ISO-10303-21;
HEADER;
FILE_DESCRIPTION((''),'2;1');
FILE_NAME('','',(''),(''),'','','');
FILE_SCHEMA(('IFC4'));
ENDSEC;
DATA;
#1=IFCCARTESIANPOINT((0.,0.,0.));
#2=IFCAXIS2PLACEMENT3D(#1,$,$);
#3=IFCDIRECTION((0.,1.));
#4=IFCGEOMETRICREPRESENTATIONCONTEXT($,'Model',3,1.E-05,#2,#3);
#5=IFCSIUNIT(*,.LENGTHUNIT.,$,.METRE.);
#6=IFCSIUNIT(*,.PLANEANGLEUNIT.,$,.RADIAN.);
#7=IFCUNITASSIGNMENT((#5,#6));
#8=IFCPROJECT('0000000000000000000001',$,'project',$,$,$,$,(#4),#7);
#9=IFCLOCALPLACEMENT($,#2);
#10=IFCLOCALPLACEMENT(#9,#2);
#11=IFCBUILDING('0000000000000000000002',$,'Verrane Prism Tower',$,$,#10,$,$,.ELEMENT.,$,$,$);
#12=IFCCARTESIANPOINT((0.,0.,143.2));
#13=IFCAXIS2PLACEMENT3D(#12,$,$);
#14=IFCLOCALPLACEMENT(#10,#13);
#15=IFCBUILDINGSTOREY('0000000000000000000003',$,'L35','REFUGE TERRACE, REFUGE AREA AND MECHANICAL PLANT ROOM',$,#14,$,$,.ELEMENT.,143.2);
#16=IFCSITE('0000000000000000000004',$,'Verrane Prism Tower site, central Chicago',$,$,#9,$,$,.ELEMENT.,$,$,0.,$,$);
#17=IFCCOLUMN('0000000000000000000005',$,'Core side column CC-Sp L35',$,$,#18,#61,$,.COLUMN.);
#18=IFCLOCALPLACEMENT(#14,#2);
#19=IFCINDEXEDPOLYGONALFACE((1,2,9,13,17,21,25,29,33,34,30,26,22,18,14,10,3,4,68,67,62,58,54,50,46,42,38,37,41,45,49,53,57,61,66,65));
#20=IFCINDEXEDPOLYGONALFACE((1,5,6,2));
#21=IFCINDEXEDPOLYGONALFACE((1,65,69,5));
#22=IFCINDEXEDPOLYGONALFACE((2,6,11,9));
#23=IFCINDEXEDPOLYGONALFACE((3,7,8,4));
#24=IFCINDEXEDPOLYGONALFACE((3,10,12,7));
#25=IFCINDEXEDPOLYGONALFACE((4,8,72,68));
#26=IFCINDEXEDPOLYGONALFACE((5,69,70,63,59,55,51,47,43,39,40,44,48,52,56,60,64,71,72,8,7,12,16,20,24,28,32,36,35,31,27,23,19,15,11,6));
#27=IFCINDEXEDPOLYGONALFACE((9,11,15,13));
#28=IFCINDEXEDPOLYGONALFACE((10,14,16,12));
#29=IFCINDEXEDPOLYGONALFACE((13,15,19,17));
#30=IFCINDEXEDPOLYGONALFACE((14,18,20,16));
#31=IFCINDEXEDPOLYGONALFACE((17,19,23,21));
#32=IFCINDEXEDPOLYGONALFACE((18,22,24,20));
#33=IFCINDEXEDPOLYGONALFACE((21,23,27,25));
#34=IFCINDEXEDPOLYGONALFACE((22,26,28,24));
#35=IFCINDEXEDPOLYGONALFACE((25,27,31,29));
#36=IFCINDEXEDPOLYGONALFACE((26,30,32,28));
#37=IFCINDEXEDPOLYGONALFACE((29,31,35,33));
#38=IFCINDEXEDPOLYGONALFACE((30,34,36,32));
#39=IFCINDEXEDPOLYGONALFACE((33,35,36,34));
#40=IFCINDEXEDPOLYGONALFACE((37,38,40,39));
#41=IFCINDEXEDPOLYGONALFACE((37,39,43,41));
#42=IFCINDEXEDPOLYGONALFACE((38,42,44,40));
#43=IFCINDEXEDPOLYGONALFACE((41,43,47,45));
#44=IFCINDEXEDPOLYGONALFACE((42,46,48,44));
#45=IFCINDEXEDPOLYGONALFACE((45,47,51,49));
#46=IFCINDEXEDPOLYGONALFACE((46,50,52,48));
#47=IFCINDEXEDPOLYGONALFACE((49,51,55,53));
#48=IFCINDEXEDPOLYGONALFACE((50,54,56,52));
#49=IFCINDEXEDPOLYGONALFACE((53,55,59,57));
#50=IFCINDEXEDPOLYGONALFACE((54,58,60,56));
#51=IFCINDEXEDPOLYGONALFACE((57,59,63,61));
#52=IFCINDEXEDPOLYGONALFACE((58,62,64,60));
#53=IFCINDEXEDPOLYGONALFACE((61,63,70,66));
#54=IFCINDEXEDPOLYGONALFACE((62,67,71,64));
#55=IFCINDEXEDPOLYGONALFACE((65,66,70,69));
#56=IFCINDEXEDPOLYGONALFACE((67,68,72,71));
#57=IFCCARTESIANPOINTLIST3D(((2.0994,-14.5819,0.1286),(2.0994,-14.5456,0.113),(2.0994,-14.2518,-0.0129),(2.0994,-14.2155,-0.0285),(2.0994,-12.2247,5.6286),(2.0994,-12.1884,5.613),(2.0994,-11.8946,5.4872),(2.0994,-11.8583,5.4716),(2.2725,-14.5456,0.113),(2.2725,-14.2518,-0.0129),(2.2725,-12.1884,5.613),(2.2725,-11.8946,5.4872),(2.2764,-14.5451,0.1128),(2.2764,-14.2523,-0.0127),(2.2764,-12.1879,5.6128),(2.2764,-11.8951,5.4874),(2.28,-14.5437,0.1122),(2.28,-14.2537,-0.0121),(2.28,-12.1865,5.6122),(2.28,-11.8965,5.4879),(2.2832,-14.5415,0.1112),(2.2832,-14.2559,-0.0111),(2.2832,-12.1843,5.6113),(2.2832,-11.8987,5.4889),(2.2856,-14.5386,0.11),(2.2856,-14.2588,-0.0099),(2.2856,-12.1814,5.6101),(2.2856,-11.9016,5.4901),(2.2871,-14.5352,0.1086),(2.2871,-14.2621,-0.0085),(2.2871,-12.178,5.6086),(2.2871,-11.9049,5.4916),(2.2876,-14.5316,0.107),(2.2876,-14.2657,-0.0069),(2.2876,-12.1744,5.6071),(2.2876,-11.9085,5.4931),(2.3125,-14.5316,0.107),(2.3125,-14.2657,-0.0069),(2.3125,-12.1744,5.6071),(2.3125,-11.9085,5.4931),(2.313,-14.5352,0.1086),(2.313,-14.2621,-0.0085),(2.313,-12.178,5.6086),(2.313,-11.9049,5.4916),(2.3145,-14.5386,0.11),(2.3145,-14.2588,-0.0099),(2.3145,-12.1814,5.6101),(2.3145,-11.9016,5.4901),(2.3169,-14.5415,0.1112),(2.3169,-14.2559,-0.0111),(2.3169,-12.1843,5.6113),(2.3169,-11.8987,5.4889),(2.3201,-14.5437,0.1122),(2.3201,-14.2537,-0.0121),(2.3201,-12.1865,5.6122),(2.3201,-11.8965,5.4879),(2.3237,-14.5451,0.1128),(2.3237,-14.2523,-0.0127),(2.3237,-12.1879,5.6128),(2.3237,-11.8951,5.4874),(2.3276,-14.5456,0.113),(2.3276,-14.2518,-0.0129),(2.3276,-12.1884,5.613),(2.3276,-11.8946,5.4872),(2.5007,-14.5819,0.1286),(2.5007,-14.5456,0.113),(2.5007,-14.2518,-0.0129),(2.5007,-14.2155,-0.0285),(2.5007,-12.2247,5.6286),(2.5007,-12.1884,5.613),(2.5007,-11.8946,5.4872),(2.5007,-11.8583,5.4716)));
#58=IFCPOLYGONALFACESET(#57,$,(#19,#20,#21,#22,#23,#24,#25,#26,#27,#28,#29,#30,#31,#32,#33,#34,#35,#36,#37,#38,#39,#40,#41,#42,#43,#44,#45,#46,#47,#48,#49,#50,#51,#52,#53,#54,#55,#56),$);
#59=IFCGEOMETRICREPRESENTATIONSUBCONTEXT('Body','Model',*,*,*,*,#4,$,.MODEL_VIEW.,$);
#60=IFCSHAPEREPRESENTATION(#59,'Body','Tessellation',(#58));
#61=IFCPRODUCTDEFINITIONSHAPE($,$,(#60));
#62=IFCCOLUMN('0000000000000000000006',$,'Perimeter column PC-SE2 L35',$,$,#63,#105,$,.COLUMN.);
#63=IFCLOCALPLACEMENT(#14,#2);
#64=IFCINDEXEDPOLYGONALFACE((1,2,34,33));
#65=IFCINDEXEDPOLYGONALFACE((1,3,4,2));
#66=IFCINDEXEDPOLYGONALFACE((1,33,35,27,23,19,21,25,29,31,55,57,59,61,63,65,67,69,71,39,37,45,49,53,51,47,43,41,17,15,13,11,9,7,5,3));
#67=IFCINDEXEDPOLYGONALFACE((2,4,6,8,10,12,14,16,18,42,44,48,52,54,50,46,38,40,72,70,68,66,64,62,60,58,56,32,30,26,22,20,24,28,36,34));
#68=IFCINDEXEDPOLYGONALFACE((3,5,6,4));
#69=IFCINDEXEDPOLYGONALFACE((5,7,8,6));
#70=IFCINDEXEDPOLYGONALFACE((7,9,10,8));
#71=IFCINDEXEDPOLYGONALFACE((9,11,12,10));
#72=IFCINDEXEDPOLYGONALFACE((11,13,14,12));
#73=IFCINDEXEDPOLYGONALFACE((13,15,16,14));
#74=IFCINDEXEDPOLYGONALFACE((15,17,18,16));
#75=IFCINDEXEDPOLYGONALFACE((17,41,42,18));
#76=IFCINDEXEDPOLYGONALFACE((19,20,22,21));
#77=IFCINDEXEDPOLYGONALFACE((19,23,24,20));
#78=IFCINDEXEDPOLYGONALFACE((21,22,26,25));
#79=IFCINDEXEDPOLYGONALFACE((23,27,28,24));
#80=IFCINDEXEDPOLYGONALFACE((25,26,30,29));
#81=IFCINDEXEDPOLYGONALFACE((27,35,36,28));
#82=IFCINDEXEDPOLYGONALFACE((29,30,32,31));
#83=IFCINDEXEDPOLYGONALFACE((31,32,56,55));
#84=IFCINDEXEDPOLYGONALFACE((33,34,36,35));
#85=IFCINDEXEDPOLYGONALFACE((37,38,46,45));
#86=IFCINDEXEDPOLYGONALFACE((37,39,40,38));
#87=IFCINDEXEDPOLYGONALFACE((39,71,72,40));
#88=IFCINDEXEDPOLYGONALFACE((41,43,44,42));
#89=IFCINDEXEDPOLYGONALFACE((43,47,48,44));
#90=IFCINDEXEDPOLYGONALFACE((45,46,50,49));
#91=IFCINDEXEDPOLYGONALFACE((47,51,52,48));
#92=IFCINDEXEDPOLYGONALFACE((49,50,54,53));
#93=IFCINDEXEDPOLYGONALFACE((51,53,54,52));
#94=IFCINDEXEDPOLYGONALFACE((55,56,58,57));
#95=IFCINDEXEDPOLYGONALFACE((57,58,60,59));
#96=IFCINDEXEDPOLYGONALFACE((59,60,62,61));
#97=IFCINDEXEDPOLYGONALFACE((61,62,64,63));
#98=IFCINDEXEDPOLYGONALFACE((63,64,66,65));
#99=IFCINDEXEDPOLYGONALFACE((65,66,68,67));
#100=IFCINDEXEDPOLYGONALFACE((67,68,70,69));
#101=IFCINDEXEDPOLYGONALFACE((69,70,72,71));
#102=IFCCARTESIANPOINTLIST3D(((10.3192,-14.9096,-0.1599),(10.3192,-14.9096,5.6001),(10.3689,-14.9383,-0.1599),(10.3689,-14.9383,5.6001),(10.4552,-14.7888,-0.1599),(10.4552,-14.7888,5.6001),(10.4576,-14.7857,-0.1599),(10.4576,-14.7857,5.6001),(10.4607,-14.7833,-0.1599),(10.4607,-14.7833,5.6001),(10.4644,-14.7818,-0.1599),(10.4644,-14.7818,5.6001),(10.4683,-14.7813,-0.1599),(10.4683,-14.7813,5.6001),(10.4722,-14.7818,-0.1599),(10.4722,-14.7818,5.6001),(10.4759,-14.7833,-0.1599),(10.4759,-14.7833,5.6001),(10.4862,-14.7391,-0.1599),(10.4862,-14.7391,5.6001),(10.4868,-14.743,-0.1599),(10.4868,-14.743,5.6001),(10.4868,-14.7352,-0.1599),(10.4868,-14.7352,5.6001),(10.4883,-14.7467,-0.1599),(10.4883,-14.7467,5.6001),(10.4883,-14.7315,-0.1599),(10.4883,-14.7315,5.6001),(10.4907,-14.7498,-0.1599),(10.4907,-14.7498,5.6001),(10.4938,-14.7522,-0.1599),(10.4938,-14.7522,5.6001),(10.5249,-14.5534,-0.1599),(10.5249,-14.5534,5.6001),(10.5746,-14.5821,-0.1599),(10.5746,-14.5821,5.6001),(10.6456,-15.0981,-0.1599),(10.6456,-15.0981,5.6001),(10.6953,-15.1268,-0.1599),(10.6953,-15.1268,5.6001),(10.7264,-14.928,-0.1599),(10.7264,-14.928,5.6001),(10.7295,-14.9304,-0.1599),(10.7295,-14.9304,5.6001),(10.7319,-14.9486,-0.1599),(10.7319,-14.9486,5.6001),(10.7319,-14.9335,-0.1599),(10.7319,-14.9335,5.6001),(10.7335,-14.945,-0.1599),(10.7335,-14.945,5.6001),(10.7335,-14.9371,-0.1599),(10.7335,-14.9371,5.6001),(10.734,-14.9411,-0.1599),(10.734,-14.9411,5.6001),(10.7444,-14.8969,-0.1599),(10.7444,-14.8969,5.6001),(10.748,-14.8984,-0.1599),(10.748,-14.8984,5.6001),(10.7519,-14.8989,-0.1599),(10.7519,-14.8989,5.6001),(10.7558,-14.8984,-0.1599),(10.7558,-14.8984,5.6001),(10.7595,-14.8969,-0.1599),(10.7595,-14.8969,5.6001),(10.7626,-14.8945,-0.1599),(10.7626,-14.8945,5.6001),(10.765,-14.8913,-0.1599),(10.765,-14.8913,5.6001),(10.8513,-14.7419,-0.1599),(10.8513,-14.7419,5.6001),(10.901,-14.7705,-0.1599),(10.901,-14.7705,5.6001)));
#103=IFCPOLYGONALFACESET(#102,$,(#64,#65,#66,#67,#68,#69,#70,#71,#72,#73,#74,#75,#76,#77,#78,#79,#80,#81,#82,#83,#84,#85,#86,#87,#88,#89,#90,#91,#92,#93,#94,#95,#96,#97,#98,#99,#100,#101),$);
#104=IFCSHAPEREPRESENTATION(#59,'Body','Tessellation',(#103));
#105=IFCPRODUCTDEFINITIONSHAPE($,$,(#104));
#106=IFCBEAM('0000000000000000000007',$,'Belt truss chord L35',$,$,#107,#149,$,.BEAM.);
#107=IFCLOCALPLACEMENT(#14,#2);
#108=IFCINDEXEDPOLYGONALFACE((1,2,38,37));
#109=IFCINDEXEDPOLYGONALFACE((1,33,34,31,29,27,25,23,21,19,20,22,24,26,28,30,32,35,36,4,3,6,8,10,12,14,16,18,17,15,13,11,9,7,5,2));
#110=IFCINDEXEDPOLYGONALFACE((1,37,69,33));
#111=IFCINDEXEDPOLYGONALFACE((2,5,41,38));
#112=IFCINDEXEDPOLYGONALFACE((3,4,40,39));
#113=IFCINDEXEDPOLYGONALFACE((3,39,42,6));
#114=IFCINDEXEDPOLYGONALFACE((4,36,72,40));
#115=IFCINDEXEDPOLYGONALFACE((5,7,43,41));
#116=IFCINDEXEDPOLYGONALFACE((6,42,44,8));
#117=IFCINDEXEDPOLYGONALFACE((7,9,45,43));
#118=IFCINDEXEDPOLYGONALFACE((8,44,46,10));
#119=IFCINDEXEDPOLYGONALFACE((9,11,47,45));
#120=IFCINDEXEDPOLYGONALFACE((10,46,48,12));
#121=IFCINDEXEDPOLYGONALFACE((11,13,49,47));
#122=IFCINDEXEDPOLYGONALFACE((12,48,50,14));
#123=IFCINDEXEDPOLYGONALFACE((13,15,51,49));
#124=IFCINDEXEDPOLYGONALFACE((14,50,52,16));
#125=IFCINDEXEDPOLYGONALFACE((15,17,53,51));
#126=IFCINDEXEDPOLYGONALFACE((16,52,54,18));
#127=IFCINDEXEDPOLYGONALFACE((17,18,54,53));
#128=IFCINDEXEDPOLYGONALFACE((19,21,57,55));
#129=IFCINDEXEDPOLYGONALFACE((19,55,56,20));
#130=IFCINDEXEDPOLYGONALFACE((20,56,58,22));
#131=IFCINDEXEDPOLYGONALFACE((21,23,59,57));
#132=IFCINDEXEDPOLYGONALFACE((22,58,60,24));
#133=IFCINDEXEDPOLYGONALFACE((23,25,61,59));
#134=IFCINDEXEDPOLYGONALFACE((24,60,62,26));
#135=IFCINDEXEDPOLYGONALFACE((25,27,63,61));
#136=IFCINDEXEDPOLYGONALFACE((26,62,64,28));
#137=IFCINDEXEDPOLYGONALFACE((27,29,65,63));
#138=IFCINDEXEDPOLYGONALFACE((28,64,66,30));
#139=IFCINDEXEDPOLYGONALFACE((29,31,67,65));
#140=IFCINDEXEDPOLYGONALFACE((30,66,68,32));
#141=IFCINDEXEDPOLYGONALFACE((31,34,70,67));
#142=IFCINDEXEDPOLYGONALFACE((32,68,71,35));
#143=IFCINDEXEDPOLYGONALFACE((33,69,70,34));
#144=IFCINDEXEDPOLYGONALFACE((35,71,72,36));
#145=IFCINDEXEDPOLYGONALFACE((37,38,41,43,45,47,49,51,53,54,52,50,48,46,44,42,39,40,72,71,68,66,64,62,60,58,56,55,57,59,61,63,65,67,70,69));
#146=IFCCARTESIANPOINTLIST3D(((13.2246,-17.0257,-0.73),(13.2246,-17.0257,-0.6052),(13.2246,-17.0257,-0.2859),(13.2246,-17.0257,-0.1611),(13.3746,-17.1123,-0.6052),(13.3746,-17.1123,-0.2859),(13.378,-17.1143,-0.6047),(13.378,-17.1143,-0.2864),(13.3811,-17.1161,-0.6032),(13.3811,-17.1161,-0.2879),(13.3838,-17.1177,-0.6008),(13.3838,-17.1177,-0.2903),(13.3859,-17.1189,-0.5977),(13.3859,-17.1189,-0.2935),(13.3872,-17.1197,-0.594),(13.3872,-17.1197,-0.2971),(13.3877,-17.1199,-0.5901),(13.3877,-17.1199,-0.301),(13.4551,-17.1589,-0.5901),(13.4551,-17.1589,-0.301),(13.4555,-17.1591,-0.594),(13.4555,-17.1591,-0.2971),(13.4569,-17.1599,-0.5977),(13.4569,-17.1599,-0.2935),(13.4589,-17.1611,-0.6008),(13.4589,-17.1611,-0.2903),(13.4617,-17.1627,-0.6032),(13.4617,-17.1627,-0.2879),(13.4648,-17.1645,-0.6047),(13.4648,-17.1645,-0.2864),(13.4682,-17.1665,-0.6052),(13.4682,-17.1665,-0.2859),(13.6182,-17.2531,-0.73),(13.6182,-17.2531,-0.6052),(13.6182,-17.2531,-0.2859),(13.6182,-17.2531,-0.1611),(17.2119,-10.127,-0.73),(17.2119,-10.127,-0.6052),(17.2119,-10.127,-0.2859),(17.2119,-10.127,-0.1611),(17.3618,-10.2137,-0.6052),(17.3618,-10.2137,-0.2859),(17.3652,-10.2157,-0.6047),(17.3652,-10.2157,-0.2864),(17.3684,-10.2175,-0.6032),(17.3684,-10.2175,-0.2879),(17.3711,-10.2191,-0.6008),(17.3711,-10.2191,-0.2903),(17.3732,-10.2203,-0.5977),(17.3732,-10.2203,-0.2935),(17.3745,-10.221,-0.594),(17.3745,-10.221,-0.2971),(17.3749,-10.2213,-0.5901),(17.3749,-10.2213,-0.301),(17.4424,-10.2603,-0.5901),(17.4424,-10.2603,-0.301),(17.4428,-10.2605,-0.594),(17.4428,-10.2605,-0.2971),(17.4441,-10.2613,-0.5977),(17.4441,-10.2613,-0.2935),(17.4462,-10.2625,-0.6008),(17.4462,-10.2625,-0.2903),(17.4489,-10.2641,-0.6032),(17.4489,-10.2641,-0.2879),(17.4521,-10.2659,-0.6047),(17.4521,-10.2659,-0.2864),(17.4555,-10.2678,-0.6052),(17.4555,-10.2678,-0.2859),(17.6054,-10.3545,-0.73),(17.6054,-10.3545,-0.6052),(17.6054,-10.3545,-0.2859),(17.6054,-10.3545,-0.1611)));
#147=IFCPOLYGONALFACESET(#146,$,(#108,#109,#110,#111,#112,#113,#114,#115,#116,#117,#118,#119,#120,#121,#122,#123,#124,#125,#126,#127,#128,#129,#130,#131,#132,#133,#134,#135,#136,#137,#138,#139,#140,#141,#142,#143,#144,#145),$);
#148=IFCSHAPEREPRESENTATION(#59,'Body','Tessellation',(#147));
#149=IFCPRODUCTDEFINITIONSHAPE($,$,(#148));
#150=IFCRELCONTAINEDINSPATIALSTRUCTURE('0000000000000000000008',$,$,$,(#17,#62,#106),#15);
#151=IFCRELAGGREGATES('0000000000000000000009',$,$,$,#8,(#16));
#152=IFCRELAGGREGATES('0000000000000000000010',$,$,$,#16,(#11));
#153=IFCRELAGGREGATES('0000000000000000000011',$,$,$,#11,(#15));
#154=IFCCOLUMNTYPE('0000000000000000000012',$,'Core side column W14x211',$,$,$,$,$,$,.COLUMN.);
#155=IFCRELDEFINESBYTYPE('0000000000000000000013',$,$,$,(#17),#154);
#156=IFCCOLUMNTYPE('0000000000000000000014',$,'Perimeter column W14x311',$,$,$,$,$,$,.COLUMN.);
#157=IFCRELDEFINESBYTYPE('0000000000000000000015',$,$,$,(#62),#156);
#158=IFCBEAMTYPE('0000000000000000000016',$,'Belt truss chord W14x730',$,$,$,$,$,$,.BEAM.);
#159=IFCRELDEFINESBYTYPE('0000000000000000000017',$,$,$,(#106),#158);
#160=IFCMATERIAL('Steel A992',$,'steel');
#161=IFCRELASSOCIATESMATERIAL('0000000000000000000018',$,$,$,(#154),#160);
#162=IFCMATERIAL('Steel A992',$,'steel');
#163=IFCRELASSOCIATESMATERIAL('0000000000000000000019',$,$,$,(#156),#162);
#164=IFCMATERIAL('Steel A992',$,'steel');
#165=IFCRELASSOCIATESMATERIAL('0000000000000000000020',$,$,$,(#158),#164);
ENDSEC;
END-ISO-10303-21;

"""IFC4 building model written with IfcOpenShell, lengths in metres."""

from ifc_helpers import new_model, si_unit, direction, frame, origin, origin_2d, place, context, subcontext, project, spatial, i_section, extrude, material, material_profile, profile_set, type_object, element, save


model = new_model("IFC4")

# Units and contexts
model_context = context("Model", 3, precision=1e-05, world=origin(), true_north=direction((0.0, 1.0)))
body_context = subcontext(model_context, "Body", "Model", "MODEL_VIEW")
ifc_project = project(units=[si_unit("LENGTHUNIT", "METRE"), si_unit("PLANEANGLEUNIT", "RADIAN")], contexts=[model_context])

# Site, building, storey
site_placement = place(None, origin())
site = spatial("IfcSite", under=ifc_project, at=site_placement, Name="Verrane Prism Tower site, central Chicago", CompositionType="ELEMENT", RefElevation=0.0)
building_placement = place(site_placement, origin())
building = spatial("IfcBuilding", under=site, at=building_placement, Name="Verrane Prism Tower", CompositionType="ELEMENT")
storey_placement = place(building_placement, frame((0.0, 0.0, 143.2)))
storey = spatial("IfcBuildingStorey", under=building, at=storey_placement, Name="L35", Description="REFUGE TERRACE, REFUGE AREA AND MECHANICAL PLANT ROOM", CompositionType="ELEMENT", Elevation=143.2)

# Columns
ifc_material_1 = material(Name="Steel A992", Category="steel")
ifc_material_profile_1 = material_profile(ifc_material_1, i_section(OverallWidth=0.4014, OverallDepth=0.3987, WebThickness=0.0249, FlangeThickness=0.0396, FilletRadius=0.0151, at=origin_2d()), Name="W14x211")
ifc_profile_set_1 = profile_set([ifc_material_profile_1], Name="Steel A992")
column_type_1 = type_object("IfcColumnType", Name="Core side column W14x211", PredefinedType="COLUMN", material=ifc_profile_set_1)
column_1_placement = place(storey_placement, frame((2.3, -14.3987, 0.05), z_axis=(0.0, 0.393924, 0.919143), x_axis=(1.0, 0.0, 0.0)))
element("IfcColumn", 1, at=column_1_placement, inside=storey, type_object=column_type_1, Name="Core side column CC-Sp L35", PredefinedType="COLUMN", context=body_context, shape_type="SweptSolid", body=[
    extrude(i_section(OverallWidth=0.4014, OverallDepth=0.3987, WebThickness=0.0249, FlangeThickness=0.0396, FilletRadius=0.0151, at=origin_2d()), origin(), (0.0, 0.0, 1.0), 5.9839),
])
ifc_material_2 = material(Name="Steel A992", Category="steel")
ifc_material_profile_2 = material_profile(ifc_material_2, i_section(OverallWidth=0.4114, OverallDepth=0.4343, WebThickness=0.0359, FlangeThickness=0.0574, FilletRadius=0.0151, at=origin_2d()), Name="W14x311")
ifc_profile_set_2 = profile_set([ifc_material_profile_2], Name="Steel A992")
column_type_2 = type_object("IfcColumnType", Name="Perimeter column W14x311", PredefinedType="COLUMN", material=ifc_profile_set_2)
column_2_placement = place(storey_placement, frame((10.6101, -14.8401, -0.1599), z_axis=(0.0, 0.0, 1.0), x_axis=(-0.5, -0.866025, 0.0)))
element("IfcColumn", 2, at=column_2_placement, inside=storey, type_object=column_type_2, Name="Perimeter column PC-SE2 L35", PredefinedType="COLUMN", context=body_context, shape_type="SweptSolid", body=[
    extrude(i_section(OverallWidth=0.4114, OverallDepth=0.4343, WebThickness=0.0359, FlangeThickness=0.0574, FilletRadius=0.0151, at=origin_2d()), origin(), (0.0, 0.0, 1.0), 5.76),
])

# Beam
ifc_material_3 = material(Name="Steel A992", Category="steel")
ifc_material_profile_3 = material_profile(ifc_material_3, i_section(OverallWidth=0.4546, OverallDepth=0.5688, WebThickness=0.0779, FlangeThickness=0.1248, FilletRadius=0.0151, at=origin_2d()), Name="W14x730")
ifc_profile_set_3 = profile_set([ifc_material_profile_3], Name="Steel A992")
beam_type_1 = type_object("IfcBeamType", Name="Belt truss chord W14x730", PredefinedType="BEAM", material=ifc_profile_set_3)
beam_1_placement = place(storey_placement, frame((13.4214, -17.1394, -0.4456), z_axis=(0.500409, 0.865789, 0.0), x_axis=(-0.865789, 0.500409, 0.0)))
element("IfcBeam", 3, at=beam_1_placement, inside=storey, type_object=beam_type_1, Name="Belt truss chord L35", PredefinedType="BEAM", context=body_context, shape_type="SweptSolid", body=[
    extrude(i_section(OverallWidth=0.4546, OverallDepth=0.5688, WebThickness=0.0779, FlangeThickness=0.1248, FilletRadius=0.0151, at=origin_2d()), origin(), (0.0, 0.0, 1.0), 7.968),
])

save(model, "model.ifc")
